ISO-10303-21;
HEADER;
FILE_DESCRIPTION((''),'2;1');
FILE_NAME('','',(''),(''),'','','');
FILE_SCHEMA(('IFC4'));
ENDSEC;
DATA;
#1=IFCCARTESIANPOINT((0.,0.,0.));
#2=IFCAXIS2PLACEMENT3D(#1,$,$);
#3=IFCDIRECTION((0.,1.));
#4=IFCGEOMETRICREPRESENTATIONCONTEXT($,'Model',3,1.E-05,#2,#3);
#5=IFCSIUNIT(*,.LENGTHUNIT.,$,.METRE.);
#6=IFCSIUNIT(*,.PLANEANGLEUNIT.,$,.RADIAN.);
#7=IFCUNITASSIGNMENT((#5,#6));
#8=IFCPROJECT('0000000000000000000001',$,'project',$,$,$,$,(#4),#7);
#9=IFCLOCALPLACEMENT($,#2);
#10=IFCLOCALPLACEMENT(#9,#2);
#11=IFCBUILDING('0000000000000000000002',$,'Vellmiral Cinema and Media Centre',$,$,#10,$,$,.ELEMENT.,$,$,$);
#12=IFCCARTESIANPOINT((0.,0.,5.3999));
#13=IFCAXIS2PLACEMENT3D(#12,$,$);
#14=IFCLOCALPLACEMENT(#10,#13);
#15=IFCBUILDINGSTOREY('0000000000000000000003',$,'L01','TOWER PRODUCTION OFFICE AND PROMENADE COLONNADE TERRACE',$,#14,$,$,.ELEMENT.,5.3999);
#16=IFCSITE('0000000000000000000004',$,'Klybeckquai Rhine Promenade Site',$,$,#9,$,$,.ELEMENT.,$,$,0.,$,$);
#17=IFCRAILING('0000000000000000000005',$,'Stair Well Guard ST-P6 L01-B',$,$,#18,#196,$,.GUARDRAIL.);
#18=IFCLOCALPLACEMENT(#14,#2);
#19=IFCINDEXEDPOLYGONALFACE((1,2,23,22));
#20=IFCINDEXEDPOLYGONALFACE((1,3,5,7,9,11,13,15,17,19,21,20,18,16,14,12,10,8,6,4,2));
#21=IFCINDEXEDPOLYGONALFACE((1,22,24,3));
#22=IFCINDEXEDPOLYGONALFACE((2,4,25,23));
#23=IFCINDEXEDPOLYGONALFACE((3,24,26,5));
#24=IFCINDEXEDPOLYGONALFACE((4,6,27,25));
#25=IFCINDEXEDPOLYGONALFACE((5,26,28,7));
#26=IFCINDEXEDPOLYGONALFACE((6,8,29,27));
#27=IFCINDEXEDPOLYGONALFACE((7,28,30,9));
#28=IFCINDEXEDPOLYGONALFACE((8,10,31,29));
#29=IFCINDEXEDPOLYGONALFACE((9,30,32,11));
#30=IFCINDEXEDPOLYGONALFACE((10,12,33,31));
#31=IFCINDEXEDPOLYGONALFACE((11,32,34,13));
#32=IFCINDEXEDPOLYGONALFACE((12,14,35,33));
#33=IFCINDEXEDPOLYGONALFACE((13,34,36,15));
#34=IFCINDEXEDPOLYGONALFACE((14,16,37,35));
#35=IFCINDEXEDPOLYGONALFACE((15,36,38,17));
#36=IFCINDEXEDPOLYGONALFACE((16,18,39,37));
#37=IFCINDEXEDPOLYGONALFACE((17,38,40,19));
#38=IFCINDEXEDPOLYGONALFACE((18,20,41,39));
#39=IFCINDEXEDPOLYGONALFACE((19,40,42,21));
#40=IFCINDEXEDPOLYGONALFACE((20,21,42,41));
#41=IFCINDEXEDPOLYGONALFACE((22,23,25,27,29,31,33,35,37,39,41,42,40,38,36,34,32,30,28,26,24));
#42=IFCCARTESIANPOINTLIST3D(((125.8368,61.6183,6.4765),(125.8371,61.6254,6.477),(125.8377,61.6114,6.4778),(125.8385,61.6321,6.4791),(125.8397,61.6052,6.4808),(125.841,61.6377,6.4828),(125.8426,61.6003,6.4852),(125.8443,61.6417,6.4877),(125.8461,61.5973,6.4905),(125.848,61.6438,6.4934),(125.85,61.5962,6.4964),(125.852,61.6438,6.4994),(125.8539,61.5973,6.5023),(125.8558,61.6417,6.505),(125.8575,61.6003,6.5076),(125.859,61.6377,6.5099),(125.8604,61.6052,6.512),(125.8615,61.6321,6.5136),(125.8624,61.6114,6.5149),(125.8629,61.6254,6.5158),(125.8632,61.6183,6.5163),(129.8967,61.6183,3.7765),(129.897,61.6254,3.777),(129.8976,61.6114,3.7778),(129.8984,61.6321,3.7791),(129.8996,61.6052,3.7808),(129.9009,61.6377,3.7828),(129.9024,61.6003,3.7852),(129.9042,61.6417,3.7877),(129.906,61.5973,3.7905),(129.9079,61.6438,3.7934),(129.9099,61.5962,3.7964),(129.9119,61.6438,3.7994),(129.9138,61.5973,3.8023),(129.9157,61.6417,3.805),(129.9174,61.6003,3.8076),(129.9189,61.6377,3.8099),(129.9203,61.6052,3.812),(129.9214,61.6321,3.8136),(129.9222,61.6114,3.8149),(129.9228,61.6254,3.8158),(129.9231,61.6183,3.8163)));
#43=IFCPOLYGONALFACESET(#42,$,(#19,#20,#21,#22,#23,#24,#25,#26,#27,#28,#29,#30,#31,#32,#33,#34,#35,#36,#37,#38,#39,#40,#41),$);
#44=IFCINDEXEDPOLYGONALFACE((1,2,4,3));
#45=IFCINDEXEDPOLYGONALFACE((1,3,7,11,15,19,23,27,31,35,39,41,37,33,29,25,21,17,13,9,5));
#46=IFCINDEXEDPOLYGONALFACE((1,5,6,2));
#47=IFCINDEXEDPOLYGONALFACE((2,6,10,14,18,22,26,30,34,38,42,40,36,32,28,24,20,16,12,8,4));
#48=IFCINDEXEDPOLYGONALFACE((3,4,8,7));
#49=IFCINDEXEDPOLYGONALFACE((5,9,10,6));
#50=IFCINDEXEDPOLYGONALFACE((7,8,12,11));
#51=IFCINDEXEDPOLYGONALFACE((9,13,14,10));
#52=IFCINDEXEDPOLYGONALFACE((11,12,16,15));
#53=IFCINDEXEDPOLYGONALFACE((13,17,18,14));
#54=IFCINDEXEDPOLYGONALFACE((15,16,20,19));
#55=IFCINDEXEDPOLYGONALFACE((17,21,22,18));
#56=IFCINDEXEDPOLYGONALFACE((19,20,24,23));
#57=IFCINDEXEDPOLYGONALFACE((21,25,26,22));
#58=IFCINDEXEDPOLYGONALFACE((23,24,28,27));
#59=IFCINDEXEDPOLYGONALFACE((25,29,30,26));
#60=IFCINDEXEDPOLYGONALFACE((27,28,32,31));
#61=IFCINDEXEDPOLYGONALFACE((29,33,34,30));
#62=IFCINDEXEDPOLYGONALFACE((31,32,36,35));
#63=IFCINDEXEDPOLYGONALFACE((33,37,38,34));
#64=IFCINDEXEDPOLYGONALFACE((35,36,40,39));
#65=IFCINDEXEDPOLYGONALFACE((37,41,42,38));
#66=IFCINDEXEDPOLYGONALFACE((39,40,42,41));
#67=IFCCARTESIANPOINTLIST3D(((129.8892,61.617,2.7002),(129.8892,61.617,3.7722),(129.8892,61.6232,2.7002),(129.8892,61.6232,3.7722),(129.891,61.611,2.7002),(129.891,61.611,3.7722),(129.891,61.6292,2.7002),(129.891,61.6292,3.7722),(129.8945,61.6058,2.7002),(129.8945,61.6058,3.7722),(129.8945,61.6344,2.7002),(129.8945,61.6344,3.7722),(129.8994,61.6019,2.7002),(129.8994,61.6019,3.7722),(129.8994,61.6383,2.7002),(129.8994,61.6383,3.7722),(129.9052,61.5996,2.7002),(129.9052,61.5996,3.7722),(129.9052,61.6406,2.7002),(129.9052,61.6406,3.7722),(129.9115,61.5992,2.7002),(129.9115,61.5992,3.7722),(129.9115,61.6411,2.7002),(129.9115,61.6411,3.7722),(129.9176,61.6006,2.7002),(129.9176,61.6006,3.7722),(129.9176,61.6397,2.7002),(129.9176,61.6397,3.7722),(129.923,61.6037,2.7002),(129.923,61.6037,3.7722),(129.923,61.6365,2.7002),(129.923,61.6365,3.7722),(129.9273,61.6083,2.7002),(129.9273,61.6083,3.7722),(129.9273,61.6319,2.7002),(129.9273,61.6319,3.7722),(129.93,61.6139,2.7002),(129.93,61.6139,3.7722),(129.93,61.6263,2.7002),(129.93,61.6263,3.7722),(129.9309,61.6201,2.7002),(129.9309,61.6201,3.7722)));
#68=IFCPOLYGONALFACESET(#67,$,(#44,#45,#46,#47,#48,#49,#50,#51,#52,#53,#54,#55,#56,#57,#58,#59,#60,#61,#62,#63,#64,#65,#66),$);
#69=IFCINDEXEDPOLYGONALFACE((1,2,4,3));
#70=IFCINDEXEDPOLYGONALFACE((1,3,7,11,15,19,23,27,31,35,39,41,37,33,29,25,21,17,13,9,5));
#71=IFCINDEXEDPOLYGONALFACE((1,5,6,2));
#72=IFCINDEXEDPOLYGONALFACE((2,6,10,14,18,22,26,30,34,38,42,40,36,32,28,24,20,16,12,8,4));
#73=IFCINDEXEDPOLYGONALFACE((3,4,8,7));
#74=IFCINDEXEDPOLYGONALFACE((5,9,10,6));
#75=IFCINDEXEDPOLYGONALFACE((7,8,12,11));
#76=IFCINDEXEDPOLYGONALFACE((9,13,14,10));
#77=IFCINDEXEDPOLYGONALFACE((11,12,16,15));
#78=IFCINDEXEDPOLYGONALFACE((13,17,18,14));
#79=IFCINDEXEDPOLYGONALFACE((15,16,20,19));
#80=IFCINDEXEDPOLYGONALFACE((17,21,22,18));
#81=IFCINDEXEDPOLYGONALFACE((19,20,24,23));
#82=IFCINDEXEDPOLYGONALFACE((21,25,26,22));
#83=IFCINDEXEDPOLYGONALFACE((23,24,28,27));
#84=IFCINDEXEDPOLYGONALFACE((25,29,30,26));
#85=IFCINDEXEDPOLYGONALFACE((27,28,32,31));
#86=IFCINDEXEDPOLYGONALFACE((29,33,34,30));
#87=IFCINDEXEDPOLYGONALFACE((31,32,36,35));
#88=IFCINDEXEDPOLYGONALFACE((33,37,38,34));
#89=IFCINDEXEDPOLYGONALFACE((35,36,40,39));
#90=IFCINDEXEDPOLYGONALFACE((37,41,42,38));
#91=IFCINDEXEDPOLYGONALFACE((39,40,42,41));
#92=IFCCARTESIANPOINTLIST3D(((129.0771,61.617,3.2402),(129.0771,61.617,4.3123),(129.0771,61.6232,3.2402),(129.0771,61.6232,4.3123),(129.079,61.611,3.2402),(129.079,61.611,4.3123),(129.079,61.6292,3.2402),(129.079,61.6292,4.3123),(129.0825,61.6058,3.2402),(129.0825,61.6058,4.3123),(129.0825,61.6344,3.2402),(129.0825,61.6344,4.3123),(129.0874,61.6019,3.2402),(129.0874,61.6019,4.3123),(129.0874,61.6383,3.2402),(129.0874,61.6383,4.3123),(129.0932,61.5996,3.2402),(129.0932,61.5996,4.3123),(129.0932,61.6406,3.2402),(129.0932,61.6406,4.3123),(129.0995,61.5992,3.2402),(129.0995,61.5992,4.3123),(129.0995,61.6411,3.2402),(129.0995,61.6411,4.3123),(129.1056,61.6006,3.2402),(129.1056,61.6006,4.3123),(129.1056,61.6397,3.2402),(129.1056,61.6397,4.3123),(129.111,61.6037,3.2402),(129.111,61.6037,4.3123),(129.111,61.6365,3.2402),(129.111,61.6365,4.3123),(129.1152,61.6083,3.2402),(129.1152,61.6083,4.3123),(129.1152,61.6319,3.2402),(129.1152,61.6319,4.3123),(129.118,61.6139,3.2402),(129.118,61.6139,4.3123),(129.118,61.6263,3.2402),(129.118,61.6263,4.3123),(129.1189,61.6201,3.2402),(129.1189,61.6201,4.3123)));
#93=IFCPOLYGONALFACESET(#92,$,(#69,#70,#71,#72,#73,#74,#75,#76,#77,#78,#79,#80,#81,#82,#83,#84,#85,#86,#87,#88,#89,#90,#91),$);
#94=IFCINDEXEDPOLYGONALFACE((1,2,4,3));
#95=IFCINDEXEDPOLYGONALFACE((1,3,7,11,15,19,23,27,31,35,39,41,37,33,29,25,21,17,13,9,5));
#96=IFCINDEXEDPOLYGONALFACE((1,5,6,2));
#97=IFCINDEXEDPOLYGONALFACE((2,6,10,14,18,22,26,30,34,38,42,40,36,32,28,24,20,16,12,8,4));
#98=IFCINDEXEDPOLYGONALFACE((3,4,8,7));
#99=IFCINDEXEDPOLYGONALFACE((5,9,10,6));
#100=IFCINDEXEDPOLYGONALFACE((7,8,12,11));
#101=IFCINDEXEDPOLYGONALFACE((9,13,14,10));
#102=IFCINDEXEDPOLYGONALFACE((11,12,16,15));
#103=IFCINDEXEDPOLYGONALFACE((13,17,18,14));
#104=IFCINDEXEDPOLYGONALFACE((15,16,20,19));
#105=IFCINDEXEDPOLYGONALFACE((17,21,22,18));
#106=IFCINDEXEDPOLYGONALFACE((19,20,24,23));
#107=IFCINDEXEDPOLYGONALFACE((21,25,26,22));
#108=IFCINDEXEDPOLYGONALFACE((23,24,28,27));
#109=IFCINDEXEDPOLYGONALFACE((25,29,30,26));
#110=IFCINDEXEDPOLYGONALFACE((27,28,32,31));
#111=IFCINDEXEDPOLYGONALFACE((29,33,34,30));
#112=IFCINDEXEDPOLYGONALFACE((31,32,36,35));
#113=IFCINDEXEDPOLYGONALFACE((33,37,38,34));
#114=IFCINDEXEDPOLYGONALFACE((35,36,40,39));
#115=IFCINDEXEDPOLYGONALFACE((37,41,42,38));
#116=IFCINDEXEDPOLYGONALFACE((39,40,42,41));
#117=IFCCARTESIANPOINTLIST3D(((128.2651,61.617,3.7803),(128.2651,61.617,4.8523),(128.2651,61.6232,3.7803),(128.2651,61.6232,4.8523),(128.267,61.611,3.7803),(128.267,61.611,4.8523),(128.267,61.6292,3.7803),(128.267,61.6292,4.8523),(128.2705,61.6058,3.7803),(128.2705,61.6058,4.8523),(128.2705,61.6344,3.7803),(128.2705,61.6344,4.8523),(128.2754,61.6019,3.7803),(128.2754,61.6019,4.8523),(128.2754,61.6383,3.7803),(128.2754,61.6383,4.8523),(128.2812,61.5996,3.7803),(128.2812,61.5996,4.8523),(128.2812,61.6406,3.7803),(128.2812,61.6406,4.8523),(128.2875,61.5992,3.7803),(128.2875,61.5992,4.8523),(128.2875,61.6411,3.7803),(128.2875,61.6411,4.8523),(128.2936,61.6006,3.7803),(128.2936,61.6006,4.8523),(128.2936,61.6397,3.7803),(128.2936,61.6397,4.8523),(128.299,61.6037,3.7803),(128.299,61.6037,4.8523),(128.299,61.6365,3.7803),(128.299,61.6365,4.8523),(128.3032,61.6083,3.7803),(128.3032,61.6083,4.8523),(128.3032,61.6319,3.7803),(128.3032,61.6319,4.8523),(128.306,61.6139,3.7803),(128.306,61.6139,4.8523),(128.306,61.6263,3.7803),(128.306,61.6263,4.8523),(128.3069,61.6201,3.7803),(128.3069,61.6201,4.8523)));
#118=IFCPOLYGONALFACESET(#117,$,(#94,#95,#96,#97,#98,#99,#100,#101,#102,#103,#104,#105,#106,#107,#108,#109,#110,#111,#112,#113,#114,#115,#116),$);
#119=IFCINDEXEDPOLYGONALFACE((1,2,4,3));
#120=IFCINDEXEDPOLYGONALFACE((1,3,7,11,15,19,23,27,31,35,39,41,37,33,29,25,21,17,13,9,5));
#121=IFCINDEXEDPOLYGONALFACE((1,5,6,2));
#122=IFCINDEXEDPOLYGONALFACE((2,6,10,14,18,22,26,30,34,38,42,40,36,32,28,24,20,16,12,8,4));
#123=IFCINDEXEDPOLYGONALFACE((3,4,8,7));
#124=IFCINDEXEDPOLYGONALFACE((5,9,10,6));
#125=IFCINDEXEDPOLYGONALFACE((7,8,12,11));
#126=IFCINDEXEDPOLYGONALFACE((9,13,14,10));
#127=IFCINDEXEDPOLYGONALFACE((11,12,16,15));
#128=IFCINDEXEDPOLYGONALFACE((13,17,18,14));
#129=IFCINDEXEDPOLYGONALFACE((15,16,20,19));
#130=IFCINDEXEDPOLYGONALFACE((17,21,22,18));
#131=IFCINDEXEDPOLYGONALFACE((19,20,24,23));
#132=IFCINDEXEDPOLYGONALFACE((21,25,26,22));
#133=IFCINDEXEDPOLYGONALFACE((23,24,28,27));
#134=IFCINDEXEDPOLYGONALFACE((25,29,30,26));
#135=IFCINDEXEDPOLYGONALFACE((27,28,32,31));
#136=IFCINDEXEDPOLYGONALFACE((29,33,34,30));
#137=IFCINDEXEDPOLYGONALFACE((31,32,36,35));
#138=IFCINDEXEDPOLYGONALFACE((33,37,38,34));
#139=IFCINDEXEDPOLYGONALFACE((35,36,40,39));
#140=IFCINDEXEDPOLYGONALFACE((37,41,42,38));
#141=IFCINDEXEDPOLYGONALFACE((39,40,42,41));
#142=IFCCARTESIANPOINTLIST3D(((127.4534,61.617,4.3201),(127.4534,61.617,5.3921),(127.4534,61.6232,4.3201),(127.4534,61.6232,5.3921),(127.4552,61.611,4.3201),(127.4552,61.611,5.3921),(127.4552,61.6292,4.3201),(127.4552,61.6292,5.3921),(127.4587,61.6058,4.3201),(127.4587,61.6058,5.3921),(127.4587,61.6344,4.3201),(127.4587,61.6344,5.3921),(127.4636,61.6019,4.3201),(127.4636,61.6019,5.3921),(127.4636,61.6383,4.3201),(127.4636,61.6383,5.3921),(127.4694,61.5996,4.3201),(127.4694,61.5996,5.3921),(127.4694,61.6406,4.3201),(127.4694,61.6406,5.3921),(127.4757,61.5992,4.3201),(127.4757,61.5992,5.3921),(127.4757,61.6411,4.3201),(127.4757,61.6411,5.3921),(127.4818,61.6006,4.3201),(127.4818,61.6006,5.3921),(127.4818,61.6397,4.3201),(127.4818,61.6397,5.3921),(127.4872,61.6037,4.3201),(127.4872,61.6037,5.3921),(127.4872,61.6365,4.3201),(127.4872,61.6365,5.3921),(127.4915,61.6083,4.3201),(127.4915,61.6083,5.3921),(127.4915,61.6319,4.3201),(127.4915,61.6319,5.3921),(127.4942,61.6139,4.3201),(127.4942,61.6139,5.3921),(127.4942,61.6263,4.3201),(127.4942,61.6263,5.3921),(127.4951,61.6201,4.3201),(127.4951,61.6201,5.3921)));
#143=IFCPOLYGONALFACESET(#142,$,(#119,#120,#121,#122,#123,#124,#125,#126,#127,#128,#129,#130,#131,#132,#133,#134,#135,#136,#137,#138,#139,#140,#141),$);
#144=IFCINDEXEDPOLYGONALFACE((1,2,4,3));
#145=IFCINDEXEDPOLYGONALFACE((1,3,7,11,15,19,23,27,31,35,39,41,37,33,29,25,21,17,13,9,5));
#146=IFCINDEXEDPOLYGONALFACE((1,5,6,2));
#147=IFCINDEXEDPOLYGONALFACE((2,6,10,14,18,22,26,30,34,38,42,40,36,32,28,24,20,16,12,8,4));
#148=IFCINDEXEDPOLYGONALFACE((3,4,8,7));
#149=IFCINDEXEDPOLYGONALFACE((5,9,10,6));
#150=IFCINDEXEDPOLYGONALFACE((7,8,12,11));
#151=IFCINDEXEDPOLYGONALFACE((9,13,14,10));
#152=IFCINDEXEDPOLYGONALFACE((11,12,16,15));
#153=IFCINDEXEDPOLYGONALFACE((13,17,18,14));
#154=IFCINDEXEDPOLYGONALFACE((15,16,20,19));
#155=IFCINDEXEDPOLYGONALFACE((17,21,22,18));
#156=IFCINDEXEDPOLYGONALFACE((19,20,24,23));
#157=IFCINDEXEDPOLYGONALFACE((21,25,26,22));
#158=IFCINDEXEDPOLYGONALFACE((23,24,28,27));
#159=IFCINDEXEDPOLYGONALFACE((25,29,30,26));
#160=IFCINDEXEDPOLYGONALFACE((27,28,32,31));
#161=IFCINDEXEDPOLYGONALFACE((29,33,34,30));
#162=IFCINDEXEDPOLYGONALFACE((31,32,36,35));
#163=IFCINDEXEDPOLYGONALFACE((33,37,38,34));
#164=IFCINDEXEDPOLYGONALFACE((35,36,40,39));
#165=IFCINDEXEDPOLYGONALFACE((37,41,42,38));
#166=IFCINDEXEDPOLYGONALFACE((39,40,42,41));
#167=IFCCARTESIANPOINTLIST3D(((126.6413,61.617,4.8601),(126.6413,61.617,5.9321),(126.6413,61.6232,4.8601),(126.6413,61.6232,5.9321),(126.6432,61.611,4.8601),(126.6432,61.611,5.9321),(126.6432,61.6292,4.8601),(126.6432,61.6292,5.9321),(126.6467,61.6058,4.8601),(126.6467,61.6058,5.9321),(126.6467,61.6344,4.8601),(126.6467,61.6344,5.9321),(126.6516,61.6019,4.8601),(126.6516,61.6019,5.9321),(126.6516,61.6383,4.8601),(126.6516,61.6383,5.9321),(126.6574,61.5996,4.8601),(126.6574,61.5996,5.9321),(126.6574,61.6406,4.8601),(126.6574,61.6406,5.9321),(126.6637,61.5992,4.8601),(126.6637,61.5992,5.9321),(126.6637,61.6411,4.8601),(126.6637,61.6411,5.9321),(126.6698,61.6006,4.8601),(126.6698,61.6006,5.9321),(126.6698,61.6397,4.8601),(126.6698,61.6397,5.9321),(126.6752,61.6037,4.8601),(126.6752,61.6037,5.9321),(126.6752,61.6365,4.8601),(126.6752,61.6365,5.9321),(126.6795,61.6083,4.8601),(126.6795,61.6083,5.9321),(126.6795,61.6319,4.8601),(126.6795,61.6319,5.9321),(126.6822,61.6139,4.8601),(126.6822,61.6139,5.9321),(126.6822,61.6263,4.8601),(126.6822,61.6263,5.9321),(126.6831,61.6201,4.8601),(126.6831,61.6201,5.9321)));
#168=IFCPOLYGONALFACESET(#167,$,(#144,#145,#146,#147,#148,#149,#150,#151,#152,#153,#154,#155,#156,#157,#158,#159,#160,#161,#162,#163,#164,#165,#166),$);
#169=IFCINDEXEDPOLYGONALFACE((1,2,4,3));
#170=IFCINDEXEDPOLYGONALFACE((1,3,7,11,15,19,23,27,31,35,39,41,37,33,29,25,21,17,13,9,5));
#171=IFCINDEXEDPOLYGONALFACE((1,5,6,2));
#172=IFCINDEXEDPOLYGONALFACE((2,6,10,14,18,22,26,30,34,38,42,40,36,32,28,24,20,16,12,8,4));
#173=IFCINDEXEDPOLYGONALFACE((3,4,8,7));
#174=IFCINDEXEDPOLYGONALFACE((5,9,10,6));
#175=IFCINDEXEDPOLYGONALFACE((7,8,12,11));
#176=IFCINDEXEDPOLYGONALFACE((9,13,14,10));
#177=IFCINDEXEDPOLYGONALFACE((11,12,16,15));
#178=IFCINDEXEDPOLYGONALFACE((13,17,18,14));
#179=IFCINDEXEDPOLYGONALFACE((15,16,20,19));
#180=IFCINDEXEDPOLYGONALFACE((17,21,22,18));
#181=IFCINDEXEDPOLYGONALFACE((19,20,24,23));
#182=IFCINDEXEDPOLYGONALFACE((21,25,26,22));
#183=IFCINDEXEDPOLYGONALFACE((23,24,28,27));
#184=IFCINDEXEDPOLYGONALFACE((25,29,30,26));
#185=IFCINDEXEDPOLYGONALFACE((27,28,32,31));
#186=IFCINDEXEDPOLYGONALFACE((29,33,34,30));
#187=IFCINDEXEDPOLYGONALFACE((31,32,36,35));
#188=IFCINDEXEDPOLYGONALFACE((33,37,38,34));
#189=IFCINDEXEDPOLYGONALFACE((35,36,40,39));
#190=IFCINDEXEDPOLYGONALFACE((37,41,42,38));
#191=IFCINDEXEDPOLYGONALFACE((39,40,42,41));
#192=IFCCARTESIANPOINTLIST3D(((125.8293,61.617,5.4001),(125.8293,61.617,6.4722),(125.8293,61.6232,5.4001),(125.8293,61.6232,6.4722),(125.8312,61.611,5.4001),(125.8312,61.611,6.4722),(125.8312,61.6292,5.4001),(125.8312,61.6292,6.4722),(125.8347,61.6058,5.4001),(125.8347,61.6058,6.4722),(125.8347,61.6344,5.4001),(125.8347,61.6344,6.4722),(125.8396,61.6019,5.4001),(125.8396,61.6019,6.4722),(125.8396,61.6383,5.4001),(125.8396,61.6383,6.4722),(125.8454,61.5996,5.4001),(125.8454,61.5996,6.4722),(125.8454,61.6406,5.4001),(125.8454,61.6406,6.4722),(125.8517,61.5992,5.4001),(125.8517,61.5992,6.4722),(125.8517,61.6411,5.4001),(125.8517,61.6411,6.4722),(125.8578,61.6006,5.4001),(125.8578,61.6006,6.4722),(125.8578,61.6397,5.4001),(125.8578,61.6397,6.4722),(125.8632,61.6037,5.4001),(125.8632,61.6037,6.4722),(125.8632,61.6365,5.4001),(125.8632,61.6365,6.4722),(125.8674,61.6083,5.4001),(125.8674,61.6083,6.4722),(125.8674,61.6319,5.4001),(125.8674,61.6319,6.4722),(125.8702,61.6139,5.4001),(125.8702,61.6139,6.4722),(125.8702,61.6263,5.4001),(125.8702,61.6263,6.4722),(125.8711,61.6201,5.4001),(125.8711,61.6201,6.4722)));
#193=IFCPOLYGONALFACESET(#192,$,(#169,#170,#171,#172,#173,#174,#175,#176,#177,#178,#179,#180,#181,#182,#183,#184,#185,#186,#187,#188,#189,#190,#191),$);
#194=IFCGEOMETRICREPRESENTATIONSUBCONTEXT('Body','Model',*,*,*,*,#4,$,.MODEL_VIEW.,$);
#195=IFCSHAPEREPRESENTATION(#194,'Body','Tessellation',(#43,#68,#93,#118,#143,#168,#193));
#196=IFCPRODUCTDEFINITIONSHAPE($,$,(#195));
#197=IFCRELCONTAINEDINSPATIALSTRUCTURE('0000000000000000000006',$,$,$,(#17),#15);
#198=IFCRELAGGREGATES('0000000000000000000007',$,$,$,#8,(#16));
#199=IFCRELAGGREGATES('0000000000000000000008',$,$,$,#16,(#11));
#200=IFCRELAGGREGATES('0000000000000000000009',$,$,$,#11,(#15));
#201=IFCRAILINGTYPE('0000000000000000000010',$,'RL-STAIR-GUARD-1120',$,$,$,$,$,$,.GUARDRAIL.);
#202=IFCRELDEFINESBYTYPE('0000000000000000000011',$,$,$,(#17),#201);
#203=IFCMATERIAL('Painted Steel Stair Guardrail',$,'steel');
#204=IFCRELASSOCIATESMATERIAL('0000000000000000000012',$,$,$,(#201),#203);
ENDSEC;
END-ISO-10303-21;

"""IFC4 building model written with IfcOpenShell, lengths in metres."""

from ifc_helpers import new_model, si_unit, direction, frame, origin, origin_2d, place, context, subcontext, project, spatial, circle, extrude, material, type_object, element, save


model = new_model("IFC4")

# Units and contexts
model_context = context("Model", 3, precision=1e-05, world=origin(), true_north=direction((0.0, 1.0)))
body_context = subcontext(model_context, "Body", "Model", "MODEL_VIEW")
ifc_project = project(units=[si_unit("LENGTHUNIT", "METRE"), si_unit("PLANEANGLEUNIT", "RADIAN")], contexts=[model_context])

# Site, building, storey
site_placement = place(None, origin())
site = spatial("IfcSite", under=ifc_project, at=site_placement, Name="Klybeckquai Rhine Promenade Site", CompositionType="ELEMENT", RefElevation=0.0)
building_placement = place(site_placement, origin())
building = spatial("IfcBuilding", under=site, at=building_placement, Name="Vellmiral Cinema and Media Centre", CompositionType="ELEMENT")
storey_placement = place(building_placement, frame((0.0, 0.0, 5.3999)))
storey = spatial("IfcBuildingStorey", under=building, at=storey_placement, Name="L01", Description="TOWER PRODUCTION OFFICE AND PROMENADE COLONNADE TERRACE", CompositionType="ELEMENT", Elevation=5.3999)

# Railing
ifc_material_1 = material(Name="Painted Steel Stair Guardrail", Category="steel")
railing_type_1 = type_object("IfcRailingType", Name="RL-STAIR-GUARD-1120", PredefinedType="GUARDRAIL", material=ifc_material_1)
railing_1_placement = place(storey_placement, frame((129.9099, 61.6201, 2.7002)))
element("IfcRailing", 1, at=railing_1_placement, inside=storey, type_object=railing_type_1, Name="Stair Well Guard ST-P6 L01-B", PredefinedType="GUARDRAIL", context=body_context, shape_type="SweptSolid", body=[
    extrude(circle(Radius=0.0239, at=origin_2d()), frame((0.0, 0.0, 1.0962), z_axis=(-0.832674, 0.0, 0.553764), x_axis=(0.0, -1.0, 0.0)), (0.0, 0.0, 1.0), 4.8757),
    extrude(circle(Radius=0.021, at=origin_2d()), origin(), (0.0, 0.0, 1.0), 1.072),
    extrude(circle(Radius=0.021, at=origin_2d()), frame((-0.812, 0.0, 0.54)), (0.0, 0.0, 1.0), 1.072),
    extrude(circle(Radius=0.021, at=origin_2d()), frame((-1.624, 0.0, 1.0801)), (0.0, 0.0, 1.0), 1.072),
    extrude(circle(Radius=0.021, at=origin_2d()), frame((-2.4358, 0.0, 1.6199)), (0.0, 0.0, 1.0), 1.072),
    extrude(circle(Radius=0.021, at=origin_2d()), frame((-3.2478, 0.0, 2.1599)), (0.0, 0.0, 1.0), 1.072),
    extrude(circle(Radius=0.021, at=origin_2d()), frame((-4.0598, 0.0, 2.7)), (0.0, 0.0, 1.0), 1.072),
])

save(model, "model.ifc")
